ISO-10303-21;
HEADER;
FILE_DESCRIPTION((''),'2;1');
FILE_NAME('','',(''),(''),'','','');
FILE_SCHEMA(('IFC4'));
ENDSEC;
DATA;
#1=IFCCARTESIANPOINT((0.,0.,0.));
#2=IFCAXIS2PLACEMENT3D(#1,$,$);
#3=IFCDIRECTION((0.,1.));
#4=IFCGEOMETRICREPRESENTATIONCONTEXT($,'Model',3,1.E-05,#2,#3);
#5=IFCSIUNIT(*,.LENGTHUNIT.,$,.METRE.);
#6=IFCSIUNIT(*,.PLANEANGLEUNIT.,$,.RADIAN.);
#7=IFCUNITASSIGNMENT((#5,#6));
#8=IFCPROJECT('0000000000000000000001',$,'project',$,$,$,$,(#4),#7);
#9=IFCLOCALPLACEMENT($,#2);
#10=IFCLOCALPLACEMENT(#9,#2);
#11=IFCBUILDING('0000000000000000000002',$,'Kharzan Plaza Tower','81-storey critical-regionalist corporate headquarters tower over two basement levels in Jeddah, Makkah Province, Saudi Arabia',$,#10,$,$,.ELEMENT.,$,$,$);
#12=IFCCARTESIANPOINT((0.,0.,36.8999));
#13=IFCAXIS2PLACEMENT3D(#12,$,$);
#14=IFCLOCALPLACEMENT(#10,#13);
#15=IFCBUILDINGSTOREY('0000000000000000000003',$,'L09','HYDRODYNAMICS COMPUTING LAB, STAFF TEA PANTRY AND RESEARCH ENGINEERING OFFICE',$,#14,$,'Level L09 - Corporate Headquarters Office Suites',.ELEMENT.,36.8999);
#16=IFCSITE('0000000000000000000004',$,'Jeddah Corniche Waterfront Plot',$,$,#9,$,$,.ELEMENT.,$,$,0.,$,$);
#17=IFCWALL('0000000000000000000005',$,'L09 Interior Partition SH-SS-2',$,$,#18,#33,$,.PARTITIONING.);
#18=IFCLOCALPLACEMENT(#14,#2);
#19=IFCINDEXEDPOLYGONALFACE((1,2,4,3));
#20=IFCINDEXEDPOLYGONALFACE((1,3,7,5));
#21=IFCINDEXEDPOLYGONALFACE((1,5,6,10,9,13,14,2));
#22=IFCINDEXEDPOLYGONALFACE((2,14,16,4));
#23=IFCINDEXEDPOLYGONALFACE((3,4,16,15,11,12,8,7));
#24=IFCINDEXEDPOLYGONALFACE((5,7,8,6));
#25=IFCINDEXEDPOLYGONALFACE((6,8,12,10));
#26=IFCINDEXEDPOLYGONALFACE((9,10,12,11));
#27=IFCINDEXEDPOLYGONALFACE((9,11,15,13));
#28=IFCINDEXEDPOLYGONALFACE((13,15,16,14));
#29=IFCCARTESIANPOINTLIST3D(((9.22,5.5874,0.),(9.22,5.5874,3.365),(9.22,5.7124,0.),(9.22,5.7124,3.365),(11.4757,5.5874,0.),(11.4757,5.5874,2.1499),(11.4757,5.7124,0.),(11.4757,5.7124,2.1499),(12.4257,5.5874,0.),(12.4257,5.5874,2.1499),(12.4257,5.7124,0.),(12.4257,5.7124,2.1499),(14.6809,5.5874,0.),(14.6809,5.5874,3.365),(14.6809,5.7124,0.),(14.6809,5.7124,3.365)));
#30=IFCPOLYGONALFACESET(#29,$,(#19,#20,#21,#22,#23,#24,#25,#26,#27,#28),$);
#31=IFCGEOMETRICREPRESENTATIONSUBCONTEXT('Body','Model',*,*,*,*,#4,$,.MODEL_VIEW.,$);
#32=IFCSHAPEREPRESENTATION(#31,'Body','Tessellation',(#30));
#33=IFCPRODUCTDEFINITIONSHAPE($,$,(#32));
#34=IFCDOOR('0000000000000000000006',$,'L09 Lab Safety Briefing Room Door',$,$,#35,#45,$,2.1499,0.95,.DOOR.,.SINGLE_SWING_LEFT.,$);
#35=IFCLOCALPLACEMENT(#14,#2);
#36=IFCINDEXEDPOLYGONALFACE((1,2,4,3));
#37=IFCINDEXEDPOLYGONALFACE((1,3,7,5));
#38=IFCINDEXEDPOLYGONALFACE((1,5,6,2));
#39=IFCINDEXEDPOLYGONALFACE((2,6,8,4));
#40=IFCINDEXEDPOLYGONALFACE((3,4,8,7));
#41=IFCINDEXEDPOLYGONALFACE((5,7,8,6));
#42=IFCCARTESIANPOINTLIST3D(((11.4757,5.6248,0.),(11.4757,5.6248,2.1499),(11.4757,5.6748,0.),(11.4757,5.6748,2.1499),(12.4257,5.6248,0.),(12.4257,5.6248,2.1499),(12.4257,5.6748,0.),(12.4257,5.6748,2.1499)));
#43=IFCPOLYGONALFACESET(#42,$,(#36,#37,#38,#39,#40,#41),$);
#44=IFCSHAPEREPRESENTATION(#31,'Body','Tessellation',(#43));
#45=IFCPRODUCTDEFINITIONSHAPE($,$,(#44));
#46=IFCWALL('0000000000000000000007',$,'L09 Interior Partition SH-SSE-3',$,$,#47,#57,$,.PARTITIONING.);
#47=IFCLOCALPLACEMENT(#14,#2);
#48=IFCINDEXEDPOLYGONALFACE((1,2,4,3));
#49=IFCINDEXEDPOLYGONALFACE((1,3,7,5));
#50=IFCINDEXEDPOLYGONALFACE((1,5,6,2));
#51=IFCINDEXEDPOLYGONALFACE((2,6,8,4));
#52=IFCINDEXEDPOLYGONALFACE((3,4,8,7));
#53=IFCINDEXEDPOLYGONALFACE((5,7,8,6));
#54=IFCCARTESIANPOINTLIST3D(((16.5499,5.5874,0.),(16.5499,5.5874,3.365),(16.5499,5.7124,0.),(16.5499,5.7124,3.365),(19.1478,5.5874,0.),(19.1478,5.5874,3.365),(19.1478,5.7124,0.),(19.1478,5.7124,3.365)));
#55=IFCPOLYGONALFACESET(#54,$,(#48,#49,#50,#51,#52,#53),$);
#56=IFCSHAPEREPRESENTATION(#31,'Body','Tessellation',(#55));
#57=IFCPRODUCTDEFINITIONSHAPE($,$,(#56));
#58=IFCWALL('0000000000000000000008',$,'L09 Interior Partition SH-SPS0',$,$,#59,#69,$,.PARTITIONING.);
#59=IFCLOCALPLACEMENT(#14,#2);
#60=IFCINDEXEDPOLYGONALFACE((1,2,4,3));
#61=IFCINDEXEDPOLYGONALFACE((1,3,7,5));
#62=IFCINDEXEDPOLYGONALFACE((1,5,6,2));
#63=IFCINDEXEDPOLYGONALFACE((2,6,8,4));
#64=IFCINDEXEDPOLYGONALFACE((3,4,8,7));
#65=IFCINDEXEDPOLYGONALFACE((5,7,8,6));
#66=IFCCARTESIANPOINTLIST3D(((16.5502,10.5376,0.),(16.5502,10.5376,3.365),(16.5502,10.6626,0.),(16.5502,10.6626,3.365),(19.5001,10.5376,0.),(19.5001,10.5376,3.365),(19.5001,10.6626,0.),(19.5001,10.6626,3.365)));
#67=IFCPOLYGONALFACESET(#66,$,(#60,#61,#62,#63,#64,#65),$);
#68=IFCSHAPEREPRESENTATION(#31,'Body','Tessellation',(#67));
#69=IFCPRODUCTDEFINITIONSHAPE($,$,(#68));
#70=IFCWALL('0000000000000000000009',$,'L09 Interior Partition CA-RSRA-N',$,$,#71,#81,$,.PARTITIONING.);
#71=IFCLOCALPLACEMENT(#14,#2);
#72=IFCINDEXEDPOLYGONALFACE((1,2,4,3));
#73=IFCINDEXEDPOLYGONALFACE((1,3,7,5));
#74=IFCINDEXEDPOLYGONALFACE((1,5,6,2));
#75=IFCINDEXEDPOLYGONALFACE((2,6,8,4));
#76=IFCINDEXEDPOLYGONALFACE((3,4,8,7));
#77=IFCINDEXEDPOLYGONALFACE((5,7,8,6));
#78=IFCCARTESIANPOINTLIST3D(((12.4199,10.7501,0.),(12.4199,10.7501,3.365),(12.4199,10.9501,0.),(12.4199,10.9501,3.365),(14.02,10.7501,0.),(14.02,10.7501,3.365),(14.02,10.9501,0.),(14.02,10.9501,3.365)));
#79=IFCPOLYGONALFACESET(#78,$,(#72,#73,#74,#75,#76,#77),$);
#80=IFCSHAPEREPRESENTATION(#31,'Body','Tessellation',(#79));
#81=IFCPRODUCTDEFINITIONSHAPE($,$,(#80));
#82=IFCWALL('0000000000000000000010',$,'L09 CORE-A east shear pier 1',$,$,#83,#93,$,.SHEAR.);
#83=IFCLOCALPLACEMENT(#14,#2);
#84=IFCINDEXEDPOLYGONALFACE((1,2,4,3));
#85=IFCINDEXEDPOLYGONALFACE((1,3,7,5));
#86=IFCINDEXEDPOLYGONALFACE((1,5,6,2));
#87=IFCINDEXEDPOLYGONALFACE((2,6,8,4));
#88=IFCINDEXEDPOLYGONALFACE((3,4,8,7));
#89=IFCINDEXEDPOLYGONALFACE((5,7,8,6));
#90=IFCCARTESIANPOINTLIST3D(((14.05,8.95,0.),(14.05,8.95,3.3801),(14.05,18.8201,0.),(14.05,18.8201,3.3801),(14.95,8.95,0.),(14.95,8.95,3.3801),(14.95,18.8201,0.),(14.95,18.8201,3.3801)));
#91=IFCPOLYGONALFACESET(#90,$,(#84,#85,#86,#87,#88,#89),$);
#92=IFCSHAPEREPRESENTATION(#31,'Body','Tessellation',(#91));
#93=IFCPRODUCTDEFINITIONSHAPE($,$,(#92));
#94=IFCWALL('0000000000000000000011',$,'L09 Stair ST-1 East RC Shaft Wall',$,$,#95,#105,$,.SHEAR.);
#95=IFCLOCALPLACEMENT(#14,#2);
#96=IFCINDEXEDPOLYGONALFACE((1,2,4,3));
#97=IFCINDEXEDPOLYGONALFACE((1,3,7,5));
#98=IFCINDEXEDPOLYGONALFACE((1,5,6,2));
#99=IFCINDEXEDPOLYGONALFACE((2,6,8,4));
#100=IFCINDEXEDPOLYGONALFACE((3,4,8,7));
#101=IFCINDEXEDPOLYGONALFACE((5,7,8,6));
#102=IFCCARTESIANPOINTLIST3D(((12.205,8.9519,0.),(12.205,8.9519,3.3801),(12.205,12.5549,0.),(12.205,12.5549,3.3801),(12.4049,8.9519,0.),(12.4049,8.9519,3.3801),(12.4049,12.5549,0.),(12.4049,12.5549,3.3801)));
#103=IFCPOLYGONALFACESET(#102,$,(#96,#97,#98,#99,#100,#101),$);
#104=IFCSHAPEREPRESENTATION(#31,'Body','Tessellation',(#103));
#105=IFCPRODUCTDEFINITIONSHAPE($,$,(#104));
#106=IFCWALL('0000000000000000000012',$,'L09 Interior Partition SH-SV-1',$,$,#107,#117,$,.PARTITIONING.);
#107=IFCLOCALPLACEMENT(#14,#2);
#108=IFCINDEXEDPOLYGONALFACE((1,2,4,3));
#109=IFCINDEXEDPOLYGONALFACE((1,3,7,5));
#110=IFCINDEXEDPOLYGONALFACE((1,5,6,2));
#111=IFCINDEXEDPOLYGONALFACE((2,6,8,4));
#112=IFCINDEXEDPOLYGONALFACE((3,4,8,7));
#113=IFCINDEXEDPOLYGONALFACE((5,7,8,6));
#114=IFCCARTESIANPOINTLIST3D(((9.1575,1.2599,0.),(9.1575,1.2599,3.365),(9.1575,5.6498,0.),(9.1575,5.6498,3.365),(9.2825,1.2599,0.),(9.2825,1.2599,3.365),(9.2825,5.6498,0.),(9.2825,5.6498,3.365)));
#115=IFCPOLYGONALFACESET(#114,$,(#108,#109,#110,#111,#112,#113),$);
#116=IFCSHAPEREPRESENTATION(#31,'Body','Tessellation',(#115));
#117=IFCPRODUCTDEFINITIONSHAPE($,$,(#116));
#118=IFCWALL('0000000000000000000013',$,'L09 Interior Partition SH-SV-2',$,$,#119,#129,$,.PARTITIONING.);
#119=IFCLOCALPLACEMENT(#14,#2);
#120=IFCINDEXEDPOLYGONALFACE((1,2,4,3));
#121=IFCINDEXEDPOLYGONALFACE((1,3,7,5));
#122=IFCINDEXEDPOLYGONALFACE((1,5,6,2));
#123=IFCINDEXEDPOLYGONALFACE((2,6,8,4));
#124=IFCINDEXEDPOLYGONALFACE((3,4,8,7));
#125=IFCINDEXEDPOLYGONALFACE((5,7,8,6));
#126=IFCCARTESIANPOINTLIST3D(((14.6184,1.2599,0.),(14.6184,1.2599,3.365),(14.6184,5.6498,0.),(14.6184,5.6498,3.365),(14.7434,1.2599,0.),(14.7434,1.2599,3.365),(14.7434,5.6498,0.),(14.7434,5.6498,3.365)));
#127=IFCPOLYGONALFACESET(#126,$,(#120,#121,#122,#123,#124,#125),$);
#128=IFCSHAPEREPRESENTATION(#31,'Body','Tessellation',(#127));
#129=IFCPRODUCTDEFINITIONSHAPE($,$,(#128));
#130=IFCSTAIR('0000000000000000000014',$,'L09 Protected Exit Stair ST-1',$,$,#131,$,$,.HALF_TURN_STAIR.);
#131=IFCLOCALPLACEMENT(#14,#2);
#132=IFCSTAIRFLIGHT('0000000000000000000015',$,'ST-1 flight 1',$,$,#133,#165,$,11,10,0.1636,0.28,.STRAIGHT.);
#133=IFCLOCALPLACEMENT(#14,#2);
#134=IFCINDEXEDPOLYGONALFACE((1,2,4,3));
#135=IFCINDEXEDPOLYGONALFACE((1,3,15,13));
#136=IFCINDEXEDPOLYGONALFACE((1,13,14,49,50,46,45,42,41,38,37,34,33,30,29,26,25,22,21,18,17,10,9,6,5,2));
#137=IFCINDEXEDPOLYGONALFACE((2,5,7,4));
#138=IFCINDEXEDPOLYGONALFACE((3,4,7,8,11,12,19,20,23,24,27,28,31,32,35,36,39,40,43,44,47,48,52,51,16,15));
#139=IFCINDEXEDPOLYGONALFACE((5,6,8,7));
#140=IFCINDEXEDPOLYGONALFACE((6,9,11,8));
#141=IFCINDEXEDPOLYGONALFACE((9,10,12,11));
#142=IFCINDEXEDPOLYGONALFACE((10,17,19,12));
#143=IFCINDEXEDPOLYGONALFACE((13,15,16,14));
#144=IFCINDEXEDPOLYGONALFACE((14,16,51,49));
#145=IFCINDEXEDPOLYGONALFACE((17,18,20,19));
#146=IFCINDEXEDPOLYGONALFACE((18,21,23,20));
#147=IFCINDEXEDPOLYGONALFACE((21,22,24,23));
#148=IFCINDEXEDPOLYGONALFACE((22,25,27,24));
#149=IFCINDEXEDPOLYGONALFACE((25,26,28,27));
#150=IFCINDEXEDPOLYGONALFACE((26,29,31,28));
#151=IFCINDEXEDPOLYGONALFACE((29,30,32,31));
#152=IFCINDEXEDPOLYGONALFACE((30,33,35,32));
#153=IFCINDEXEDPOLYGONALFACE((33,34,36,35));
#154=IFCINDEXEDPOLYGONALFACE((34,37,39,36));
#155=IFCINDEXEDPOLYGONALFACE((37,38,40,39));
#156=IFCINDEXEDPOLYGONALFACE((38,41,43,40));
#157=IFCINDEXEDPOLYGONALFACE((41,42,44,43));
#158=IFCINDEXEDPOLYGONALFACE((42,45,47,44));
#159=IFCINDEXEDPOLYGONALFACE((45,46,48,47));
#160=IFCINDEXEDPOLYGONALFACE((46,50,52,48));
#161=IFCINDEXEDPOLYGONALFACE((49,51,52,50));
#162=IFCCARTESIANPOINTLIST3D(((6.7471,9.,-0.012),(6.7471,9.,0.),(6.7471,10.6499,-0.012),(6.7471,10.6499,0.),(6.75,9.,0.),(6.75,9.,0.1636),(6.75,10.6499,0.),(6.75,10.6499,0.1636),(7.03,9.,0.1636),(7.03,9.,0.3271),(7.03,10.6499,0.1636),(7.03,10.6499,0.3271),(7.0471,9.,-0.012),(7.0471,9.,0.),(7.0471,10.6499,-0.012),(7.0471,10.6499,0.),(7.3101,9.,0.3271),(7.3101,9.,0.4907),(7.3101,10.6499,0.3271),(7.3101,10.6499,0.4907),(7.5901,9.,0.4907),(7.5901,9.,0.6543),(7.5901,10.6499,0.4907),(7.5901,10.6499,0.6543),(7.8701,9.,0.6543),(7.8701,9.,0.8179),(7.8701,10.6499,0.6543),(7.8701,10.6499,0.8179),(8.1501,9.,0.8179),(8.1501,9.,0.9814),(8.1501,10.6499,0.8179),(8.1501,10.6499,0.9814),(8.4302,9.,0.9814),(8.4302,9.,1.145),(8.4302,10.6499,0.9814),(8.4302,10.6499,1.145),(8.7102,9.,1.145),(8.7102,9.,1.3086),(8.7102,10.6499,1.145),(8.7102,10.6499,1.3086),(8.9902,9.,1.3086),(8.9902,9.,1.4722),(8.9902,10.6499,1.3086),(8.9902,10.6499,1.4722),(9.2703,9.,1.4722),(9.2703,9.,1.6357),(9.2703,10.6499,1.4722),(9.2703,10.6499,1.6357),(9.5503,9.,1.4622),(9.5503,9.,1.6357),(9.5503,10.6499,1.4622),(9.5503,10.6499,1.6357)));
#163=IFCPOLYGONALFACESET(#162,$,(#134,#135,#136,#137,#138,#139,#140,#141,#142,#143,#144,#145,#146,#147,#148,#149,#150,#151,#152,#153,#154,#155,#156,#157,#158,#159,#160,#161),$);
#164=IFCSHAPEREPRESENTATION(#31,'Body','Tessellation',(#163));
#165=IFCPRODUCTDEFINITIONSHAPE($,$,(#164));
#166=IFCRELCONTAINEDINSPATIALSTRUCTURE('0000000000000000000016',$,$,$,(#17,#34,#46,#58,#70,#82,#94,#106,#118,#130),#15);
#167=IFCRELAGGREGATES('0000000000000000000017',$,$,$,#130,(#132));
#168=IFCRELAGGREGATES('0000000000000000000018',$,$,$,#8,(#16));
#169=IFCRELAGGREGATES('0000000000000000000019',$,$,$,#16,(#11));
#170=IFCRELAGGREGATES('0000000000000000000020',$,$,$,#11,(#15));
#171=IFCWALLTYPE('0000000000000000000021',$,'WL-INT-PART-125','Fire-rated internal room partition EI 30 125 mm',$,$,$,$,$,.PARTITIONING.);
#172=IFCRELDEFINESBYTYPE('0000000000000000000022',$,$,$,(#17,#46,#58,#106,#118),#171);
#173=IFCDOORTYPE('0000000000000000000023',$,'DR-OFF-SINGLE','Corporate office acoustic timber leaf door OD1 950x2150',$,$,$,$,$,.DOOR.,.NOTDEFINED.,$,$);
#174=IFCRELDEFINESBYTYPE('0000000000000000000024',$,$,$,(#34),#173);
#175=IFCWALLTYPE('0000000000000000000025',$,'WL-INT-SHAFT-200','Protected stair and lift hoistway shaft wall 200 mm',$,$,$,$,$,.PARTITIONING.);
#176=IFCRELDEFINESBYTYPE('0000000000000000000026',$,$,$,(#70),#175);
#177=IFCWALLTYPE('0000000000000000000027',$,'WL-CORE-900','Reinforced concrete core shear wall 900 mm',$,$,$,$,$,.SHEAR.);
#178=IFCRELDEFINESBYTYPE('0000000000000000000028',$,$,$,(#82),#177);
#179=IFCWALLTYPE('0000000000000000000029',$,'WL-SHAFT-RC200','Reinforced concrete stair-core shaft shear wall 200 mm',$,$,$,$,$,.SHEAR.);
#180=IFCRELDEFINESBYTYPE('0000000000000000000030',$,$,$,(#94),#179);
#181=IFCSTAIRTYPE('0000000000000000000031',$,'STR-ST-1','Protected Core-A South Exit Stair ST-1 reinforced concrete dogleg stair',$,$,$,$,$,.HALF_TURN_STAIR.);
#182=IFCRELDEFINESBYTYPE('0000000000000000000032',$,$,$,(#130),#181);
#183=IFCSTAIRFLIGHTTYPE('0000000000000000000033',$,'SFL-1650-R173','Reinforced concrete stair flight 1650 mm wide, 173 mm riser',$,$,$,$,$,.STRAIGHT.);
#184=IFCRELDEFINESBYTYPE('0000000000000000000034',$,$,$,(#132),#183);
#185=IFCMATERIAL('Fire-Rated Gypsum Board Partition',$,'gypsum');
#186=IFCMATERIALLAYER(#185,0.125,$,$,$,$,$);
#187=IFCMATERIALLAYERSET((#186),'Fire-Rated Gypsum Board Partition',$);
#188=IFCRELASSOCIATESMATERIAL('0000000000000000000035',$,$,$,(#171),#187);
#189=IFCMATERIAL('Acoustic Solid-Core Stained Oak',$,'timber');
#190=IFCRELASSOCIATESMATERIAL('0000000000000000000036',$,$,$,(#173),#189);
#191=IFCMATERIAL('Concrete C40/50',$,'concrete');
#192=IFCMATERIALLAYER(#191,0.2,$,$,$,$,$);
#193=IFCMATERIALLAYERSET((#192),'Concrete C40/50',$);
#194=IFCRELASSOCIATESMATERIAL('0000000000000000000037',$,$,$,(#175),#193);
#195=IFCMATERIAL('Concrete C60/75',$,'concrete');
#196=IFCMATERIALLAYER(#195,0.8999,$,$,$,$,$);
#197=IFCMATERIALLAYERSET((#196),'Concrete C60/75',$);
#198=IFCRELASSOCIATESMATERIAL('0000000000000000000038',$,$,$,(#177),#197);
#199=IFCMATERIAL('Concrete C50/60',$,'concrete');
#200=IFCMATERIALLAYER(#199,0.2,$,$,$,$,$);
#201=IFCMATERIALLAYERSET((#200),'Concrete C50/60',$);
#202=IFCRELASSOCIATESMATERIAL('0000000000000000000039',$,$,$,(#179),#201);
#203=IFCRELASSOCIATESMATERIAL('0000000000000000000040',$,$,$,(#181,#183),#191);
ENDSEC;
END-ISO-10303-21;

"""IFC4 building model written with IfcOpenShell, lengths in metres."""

from ifc_helpers import new_model, si_unit, direction, frame, frame_2d, origin, place, context, subcontext, project, spatial, polyline, rectangle, outline, extrude, source, transform, mapped, material, layer, layer_set, type_object, element, fill, aggregate, save


model = new_model("IFC4")

# Units and contexts
model_context = context("Model", 3, precision=1e-05, world=origin(), true_north=direction((0.0, 1.0)))
body_context = subcontext(model_context, "Body", "Model", "MODEL_VIEW")
ifc_project = project(units=[si_unit("LENGTHUNIT", "METRE"), si_unit("PLANEANGLEUNIT", "RADIAN")], contexts=[model_context])

# Site, building, storey
site_placement = place(None, origin())
site = spatial("IfcSite", under=ifc_project, at=site_placement, Name="Jeddah Corniche Waterfront Plot", CompositionType="ELEMENT", RefElevation=0.0)
building_placement = place(site_placement, origin())
building = spatial("IfcBuilding", under=site, at=building_placement, Name="Kharzan Plaza Tower", Description="81-storey critical-regionalist corporate headquarters tower over two basement levels in Jeddah, Makkah Province, Saudi Arabia", CompositionType="ELEMENT")
storey_placement = place(building_placement, frame((0.0, 0.0, 36.8999)))
storey = spatial("IfcBuildingStorey", under=building, at=storey_placement, Name="L09", Description="HYDRODYNAMICS COMPUTING LAB, STAFF TEA PANTRY AND RESEARCH ENGINEERING OFFICE", LongName="Level L09 - Corporate Headquarters Office Suites", CompositionType="ELEMENT", Elevation=36.8999)

# Shared definitions
ifc_material_1 = material(Name="Concrete C60/75", Category="concrete")

# Shared definitions
ifc_material_2 = material(Name="Concrete C40/50", Category="concrete")

# Wall, opening, door
ifc_material_3 = material(Name="Fire-Rated Gypsum Board Partition", Category="gypsum")
ifc_layer_1 = layer(ifc_material_3, 0.125)
ifc_layer_set_1 = layer_set([ifc_layer_1], Name="Fire-Rated Gypsum Board Partition")
wall_type_1 = type_object("IfcWallType", Name="WL-INT-PART-125", Description="Fire-rated internal room partition EI 30 125 mm", PredefinedType="PARTITIONING", material=ifc_layer_set_1)
ifc_material_4 = material(Name="Acoustic Solid-Core Stained Oak", Category="timber")
door_type = type_object("IfcDoorType", Name="DR-OFF-SINGLE", Description="Corporate office acoustic timber leaf door OD1 950x2150", OperationType="NOTDEFINED", PredefinedType="DOOR", material=ifc_material_4)
shared_shape_1 = source(origin(), body_context, "Body", "SweptSolid", [
    extrude(rectangle(XDim=0.95, YDim=2.1499, at=frame_2d((0.4751, 1.075))), frame((0.0, 0.0249, 0.0), z_axis=(0.0, -1.0, 0.0), x_axis=(1.0, 0.0, 0.0)), (0.0, 0.0, 1.0), 0.05),
])
wall_1_placement = place(storey_placement, frame((9.22, 5.6499, 0.0), z_axis=(0.0, 0.0, 1.0), x_axis=(1.0, 0.0, 0.0)))
wall_1 = element("IfcWall", 1, at=wall_1_placement, inside=storey, type_object=wall_type_1, Name="L09 Interior Partition SH-SS-2", PredefinedType="PARTITIONING", context=body_context, shape_type="SweptSolid", body=[
    extrude(rectangle(XDim=5.4609, YDim=0.125, at=frame_2d((2.7305, 0.0))), origin(), (0.0, 0.0, 1.0), 3.365),
])
opening_1_placement = place(wall_1_placement, frame((2.2556, 0.0, 0.0)))
opening_1 = element("IfcOpeningElement", 2, at=opening_1_placement, cuts=wall_1, PredefinedType="OPENING", context=body_context, shape_type="SweptSolid", body=[
    extrude(rectangle(XDim=0.95, YDim=2.1499, at=frame_2d((0.4751, 1.075))), frame((0.0, 0.0725, 0.0), z_axis=(0.0, -1.0, 0.0), x_axis=(1.0, 0.0, 0.0)), (0.0, 0.0, 1.0), 0.145),
])
door_1_placement = place(opening_1_placement, origin())
door_1 = element("IfcDoor", 3, at=door_1_placement, inside=storey, type_object=door_type, Name="L09 Lab Safety Briefing Room Door", OperationType="SINGLE_SWING_LEFT", OverallHeight=2.1499, OverallWidth=0.95, PredefinedType="DOOR", context=body_context, shape_type="MappedRepresentation", body=[
    mapped(shared_shape_1, transform((0.0, 0.0, 0.0), x_axis=(1.0, 0.0, 0.0), y_axis=(0.0, 1.0, 0.0), z_axis=(0.0, 0.0, 1.0))),
])
fill(opening_1, door_1)

# Walls
shared_shape_2 = source(origin(), body_context, "Body", "SweptSolid", [
    extrude(rectangle(XDim=2.5979, YDim=0.125, at=frame_2d((1.2988, 0.0))), origin(), (0.0, 0.0, 1.0), 3.365),
])
wall_2_placement = place(storey_placement, frame((16.55, 5.6499, 0.0), z_axis=(0.0, 0.0, 1.0), x_axis=(1.0, 0.0, 0.0)))
element("IfcWall", 4, at=wall_2_placement, inside=storey, type_object=wall_type_1, Name="L09 Interior Partition SH-SSE-3", PredefinedType="PARTITIONING", context=body_context, shape_type="MappedRepresentation", body=[
    mapped(shared_shape_2, transform((0.0, 0.0, 0.0), x_axis=(1.0, 0.0, 0.0), y_axis=(0.0, 1.0, 0.0), z_axis=(0.0, 0.0, 1.0))),
])
shared_shape_3 = source(origin(), body_context, "Body", "SweptSolid", [
    extrude(rectangle(XDim=2.95, YDim=0.125, at=frame_2d((1.4751, 0.0))), origin(), (0.0, 0.0, 1.0), 3.365),
])
wall_3_placement = place(storey_placement, frame((16.55, 10.6001, 0.0), z_axis=(0.0, 0.0, 1.0), x_axis=(1.0, 0.0, 0.0)))
element("IfcWall", 5, at=wall_3_placement, inside=storey, type_object=wall_type_1, Name="L09 Interior Partition SH-SPS0", PredefinedType="PARTITIONING", context=body_context, shape_type="MappedRepresentation", body=[
    mapped(shared_shape_3, transform((0.0, 0.0, 0.0), x_axis=(1.0, 0.0, 0.0), y_axis=(0.0, 1.0, 0.0), z_axis=(0.0, 0.0, 1.0))),
])
ifc_layer_2 = layer(ifc_material_2, 0.2)
ifc_layer_set_2 = layer_set([ifc_layer_2], Name="Concrete C40/50")
wall_type_2 = type_object("IfcWallType", Name="WL-INT-SHAFT-200", Description="Protected stair and lift hoistway shaft wall 200 mm", PredefinedType="PARTITIONING", material=ifc_layer_set_2)
shared_shape_4 = source(origin(), body_context, "Body", "SweptSolid", [
    extrude(rectangle(XDim=1.6001, YDim=0.2, at=frame_2d((0.8, 0.0))), origin(), (0.0, 0.0, 1.0), 3.365),
])
wall_4_placement = place(storey_placement, frame((12.4199, 10.8501, 0.0), z_axis=(0.0, 0.0, 1.0), x_axis=(1.0, 0.0, 0.0)))
element("IfcWall", 6, at=wall_4_placement, inside=storey, type_object=wall_type_2, Name="L09 Interior Partition CA-RSRA-N", PredefinedType="PARTITIONING", context=body_context, shape_type="MappedRepresentation", body=[
    mapped(shared_shape_4, transform((0.0, 0.0, 0.0), x_axis=(1.0, 0.0, 0.0), y_axis=(0.0, 1.0, 0.0), z_axis=(0.0, 0.0, 1.0))),
])
ifc_layer_3 = layer(ifc_material_1, 0.8999)
ifc_layer_set_3 = layer_set([ifc_layer_3], Name="Concrete C60/75")
wall_type_3 = type_object("IfcWallType", Name="WL-CORE-900", Description="Reinforced concrete core shear wall 900 mm", PredefinedType="SHEAR", material=ifc_layer_set_3)
shared_shape_5 = source(origin(), body_context, "Body", "SweptSolid", [
    extrude(rectangle(XDim=9.8701, YDim=0.8999, at=frame_2d((4.9351, 0.0))), origin(), (0.0, 0.0, 1.0), 3.3801),
])
wall_5_placement = place(storey_placement, frame((14.5, 8.95, 0.0), z_axis=(0.0, 0.0, 1.0), x_axis=(0.0, 1.0, 0.0)))
element("IfcWall", 7, at=wall_5_placement, inside=storey, type_object=wall_type_3, Name="L09 CORE-A east shear pier 1", PredefinedType="SHEAR", context=body_context, shape_type="MappedRepresentation", body=[
    mapped(shared_shape_5, transform((0.0, 0.0, 0.0), x_axis=(1.0, 0.0, 0.0), y_axis=(0.0, 1.0, 0.0), z_axis=(0.0, 0.0, 1.0))),
])
ifc_material_5 = material(Name="Concrete C50/60", Category="concrete")
ifc_layer_4 = layer(ifc_material_5, 0.2)
ifc_layer_set_4 = layer_set([ifc_layer_4], Name="Concrete C50/60")
wall_type_4 = type_object("IfcWallType", Name="WL-SHAFT-RC200", Description="Reinforced concrete stair-core shaft shear wall 200 mm", PredefinedType="SHEAR", material=ifc_layer_set_4)
shared_shape_6 = source(origin(), body_context, "Body", "SweptSolid", [
    extrude(rectangle(XDim=3.603, YDim=0.2, at=frame_2d((1.8015, 0.0))), origin(), (0.0, 0.0, 1.0), 3.3801),
])
wall_6_placement = place(storey_placement, frame((12.3049, 8.9519, 0.0), z_axis=(0.0, 0.0, 1.0), x_axis=(0.0, 1.0, 0.0)))
element("IfcWall", 8, at=wall_6_placement, inside=storey, type_object=wall_type_4, Name="L09 Stair ST-1 East RC Shaft Wall", PredefinedType="SHEAR", context=body_context, shape_type="MappedRepresentation", body=[
    mapped(shared_shape_6, transform((0.0, 0.0, 0.0), x_axis=(1.0, 0.0, 0.0), y_axis=(0.0, 1.0, 0.0), z_axis=(0.0, 0.0, 1.0))),
])
shared_shape_7 = source(origin(), body_context, "Body", "SweptSolid", [
    extrude(rectangle(XDim=4.3899, YDim=0.125, at=frame_2d((2.1948, 0.0))), origin(), (0.0, 0.0, 1.0), 3.365),
])
for number, where, z_axis, x_axis, name in (
    (9, (9.22, 1.26, 0.0), (0.0, 0.0, 1.0), (0.0, 1.0, 0.0), "L09 Interior Partition SH-SV-1"),
    (10, (14.6809, 1.26, 0.0), (0.0, 0.0, 1.0), (0.0, 1.0, 0.0), "L09 Interior Partition SH-SV-2"),
):
    element("IfcWall", number, at=place(storey_placement, frame(where, z_axis=z_axis, x_axis=x_axis)), inside=storey, type_object=wall_type_1, Name=name, PredefinedType="PARTITIONING", context=body_context, shape_type="MappedRepresentation", body=[
        mapped(shared_shape_7, transform((0.0, 0.0, 0.0), x_axis=(1.0, 0.0, 0.0), y_axis=(0.0, 1.0, 0.0), z_axis=(0.0, 0.0, 1.0))),
    ])

# Stair, stair flight
stair_type = type_object("IfcStairType", Name="STR-ST-1", Description="Protected Core-A South Exit Stair ST-1 reinforced concrete dogleg stair", PredefinedType="HALF_TURN_STAIR", material=ifc_material_2)
stair_placement = place(storey_placement, origin())
stair = element("IfcStair", 11, at=stair_placement, inside=storey, type_object=stair_type, Name="L09 Protected Exit Stair ST-1", PredefinedType="HALF_TURN_STAIR")
stair_flight_type = type_object("IfcStairFlightType", Name="SFL-1650-R173", Description="Reinforced concrete stair flight 1650 mm wide, 173 mm riser", PredefinedType="STRAIGHT", material=ifc_material_2)
shared_shape_8 = source(origin(), body_context, "Body", "SweptSolid", [
    extrude(outline(polyline([(-0.0029, -0.012), (-0.0029, 0.0), (0.0, 0.0), (0.0, 0.1636), (0.28, 0.1636), (0.28, 0.3271), (0.5601, 0.3271), (0.5601, 0.4907), (0.8401, 0.4907), (0.8401, 0.6543), (1.1201, 0.6543), (1.1201, 0.8179), (1.4001, 0.8179), (1.4001, 0.9814), (1.6802, 0.9814), (1.6802, 1.145), (1.9602, 1.145), (1.9602, 1.3086), (2.2402, 1.3086), (2.2402, 1.4722), (2.5203, 1.4722), (2.5203, 1.6357), (2.8003, 1.6357), (2.8003, 1.7993), (2.8003, 1.4622), (0.2971, 0.0), (0.2971, -0.012), (-0.0029, -0.012)])), frame((0.0, 0.825, 0.0), z_axis=(0.0, -1.0, 0.0), x_axis=(1.0, 0.0, 0.0)), (0.0, 0.0, 1.0), 1.6499),
])
stair_flight_placement = place(storey_placement, frame((6.75, 9.825, 0.0), z_axis=(0.0, 0.0, 1.0), x_axis=(1.0, 0.0, 0.0)))
stair_flight = element("IfcStairFlight", 12, at=stair_flight_placement, type_object=stair_flight_type, Name="ST-1 flight 1", NumberOfRisers=11, NumberOfTreads=10, PredefinedType="STRAIGHT", RiserHeight=0.1636, TreadLength=0.28, context=body_context, shape_type="MappedRepresentation", body=[
    mapped(shared_shape_8, transform((0.0, 0.0, 0.0), x_axis=(1.0, 0.0, 0.0), y_axis=(0.0, 1.0, 0.0), z_axis=(0.0, 0.0, 1.0))),
])
aggregate(stair, [stair_flight])

save(model, "model.ifc")
